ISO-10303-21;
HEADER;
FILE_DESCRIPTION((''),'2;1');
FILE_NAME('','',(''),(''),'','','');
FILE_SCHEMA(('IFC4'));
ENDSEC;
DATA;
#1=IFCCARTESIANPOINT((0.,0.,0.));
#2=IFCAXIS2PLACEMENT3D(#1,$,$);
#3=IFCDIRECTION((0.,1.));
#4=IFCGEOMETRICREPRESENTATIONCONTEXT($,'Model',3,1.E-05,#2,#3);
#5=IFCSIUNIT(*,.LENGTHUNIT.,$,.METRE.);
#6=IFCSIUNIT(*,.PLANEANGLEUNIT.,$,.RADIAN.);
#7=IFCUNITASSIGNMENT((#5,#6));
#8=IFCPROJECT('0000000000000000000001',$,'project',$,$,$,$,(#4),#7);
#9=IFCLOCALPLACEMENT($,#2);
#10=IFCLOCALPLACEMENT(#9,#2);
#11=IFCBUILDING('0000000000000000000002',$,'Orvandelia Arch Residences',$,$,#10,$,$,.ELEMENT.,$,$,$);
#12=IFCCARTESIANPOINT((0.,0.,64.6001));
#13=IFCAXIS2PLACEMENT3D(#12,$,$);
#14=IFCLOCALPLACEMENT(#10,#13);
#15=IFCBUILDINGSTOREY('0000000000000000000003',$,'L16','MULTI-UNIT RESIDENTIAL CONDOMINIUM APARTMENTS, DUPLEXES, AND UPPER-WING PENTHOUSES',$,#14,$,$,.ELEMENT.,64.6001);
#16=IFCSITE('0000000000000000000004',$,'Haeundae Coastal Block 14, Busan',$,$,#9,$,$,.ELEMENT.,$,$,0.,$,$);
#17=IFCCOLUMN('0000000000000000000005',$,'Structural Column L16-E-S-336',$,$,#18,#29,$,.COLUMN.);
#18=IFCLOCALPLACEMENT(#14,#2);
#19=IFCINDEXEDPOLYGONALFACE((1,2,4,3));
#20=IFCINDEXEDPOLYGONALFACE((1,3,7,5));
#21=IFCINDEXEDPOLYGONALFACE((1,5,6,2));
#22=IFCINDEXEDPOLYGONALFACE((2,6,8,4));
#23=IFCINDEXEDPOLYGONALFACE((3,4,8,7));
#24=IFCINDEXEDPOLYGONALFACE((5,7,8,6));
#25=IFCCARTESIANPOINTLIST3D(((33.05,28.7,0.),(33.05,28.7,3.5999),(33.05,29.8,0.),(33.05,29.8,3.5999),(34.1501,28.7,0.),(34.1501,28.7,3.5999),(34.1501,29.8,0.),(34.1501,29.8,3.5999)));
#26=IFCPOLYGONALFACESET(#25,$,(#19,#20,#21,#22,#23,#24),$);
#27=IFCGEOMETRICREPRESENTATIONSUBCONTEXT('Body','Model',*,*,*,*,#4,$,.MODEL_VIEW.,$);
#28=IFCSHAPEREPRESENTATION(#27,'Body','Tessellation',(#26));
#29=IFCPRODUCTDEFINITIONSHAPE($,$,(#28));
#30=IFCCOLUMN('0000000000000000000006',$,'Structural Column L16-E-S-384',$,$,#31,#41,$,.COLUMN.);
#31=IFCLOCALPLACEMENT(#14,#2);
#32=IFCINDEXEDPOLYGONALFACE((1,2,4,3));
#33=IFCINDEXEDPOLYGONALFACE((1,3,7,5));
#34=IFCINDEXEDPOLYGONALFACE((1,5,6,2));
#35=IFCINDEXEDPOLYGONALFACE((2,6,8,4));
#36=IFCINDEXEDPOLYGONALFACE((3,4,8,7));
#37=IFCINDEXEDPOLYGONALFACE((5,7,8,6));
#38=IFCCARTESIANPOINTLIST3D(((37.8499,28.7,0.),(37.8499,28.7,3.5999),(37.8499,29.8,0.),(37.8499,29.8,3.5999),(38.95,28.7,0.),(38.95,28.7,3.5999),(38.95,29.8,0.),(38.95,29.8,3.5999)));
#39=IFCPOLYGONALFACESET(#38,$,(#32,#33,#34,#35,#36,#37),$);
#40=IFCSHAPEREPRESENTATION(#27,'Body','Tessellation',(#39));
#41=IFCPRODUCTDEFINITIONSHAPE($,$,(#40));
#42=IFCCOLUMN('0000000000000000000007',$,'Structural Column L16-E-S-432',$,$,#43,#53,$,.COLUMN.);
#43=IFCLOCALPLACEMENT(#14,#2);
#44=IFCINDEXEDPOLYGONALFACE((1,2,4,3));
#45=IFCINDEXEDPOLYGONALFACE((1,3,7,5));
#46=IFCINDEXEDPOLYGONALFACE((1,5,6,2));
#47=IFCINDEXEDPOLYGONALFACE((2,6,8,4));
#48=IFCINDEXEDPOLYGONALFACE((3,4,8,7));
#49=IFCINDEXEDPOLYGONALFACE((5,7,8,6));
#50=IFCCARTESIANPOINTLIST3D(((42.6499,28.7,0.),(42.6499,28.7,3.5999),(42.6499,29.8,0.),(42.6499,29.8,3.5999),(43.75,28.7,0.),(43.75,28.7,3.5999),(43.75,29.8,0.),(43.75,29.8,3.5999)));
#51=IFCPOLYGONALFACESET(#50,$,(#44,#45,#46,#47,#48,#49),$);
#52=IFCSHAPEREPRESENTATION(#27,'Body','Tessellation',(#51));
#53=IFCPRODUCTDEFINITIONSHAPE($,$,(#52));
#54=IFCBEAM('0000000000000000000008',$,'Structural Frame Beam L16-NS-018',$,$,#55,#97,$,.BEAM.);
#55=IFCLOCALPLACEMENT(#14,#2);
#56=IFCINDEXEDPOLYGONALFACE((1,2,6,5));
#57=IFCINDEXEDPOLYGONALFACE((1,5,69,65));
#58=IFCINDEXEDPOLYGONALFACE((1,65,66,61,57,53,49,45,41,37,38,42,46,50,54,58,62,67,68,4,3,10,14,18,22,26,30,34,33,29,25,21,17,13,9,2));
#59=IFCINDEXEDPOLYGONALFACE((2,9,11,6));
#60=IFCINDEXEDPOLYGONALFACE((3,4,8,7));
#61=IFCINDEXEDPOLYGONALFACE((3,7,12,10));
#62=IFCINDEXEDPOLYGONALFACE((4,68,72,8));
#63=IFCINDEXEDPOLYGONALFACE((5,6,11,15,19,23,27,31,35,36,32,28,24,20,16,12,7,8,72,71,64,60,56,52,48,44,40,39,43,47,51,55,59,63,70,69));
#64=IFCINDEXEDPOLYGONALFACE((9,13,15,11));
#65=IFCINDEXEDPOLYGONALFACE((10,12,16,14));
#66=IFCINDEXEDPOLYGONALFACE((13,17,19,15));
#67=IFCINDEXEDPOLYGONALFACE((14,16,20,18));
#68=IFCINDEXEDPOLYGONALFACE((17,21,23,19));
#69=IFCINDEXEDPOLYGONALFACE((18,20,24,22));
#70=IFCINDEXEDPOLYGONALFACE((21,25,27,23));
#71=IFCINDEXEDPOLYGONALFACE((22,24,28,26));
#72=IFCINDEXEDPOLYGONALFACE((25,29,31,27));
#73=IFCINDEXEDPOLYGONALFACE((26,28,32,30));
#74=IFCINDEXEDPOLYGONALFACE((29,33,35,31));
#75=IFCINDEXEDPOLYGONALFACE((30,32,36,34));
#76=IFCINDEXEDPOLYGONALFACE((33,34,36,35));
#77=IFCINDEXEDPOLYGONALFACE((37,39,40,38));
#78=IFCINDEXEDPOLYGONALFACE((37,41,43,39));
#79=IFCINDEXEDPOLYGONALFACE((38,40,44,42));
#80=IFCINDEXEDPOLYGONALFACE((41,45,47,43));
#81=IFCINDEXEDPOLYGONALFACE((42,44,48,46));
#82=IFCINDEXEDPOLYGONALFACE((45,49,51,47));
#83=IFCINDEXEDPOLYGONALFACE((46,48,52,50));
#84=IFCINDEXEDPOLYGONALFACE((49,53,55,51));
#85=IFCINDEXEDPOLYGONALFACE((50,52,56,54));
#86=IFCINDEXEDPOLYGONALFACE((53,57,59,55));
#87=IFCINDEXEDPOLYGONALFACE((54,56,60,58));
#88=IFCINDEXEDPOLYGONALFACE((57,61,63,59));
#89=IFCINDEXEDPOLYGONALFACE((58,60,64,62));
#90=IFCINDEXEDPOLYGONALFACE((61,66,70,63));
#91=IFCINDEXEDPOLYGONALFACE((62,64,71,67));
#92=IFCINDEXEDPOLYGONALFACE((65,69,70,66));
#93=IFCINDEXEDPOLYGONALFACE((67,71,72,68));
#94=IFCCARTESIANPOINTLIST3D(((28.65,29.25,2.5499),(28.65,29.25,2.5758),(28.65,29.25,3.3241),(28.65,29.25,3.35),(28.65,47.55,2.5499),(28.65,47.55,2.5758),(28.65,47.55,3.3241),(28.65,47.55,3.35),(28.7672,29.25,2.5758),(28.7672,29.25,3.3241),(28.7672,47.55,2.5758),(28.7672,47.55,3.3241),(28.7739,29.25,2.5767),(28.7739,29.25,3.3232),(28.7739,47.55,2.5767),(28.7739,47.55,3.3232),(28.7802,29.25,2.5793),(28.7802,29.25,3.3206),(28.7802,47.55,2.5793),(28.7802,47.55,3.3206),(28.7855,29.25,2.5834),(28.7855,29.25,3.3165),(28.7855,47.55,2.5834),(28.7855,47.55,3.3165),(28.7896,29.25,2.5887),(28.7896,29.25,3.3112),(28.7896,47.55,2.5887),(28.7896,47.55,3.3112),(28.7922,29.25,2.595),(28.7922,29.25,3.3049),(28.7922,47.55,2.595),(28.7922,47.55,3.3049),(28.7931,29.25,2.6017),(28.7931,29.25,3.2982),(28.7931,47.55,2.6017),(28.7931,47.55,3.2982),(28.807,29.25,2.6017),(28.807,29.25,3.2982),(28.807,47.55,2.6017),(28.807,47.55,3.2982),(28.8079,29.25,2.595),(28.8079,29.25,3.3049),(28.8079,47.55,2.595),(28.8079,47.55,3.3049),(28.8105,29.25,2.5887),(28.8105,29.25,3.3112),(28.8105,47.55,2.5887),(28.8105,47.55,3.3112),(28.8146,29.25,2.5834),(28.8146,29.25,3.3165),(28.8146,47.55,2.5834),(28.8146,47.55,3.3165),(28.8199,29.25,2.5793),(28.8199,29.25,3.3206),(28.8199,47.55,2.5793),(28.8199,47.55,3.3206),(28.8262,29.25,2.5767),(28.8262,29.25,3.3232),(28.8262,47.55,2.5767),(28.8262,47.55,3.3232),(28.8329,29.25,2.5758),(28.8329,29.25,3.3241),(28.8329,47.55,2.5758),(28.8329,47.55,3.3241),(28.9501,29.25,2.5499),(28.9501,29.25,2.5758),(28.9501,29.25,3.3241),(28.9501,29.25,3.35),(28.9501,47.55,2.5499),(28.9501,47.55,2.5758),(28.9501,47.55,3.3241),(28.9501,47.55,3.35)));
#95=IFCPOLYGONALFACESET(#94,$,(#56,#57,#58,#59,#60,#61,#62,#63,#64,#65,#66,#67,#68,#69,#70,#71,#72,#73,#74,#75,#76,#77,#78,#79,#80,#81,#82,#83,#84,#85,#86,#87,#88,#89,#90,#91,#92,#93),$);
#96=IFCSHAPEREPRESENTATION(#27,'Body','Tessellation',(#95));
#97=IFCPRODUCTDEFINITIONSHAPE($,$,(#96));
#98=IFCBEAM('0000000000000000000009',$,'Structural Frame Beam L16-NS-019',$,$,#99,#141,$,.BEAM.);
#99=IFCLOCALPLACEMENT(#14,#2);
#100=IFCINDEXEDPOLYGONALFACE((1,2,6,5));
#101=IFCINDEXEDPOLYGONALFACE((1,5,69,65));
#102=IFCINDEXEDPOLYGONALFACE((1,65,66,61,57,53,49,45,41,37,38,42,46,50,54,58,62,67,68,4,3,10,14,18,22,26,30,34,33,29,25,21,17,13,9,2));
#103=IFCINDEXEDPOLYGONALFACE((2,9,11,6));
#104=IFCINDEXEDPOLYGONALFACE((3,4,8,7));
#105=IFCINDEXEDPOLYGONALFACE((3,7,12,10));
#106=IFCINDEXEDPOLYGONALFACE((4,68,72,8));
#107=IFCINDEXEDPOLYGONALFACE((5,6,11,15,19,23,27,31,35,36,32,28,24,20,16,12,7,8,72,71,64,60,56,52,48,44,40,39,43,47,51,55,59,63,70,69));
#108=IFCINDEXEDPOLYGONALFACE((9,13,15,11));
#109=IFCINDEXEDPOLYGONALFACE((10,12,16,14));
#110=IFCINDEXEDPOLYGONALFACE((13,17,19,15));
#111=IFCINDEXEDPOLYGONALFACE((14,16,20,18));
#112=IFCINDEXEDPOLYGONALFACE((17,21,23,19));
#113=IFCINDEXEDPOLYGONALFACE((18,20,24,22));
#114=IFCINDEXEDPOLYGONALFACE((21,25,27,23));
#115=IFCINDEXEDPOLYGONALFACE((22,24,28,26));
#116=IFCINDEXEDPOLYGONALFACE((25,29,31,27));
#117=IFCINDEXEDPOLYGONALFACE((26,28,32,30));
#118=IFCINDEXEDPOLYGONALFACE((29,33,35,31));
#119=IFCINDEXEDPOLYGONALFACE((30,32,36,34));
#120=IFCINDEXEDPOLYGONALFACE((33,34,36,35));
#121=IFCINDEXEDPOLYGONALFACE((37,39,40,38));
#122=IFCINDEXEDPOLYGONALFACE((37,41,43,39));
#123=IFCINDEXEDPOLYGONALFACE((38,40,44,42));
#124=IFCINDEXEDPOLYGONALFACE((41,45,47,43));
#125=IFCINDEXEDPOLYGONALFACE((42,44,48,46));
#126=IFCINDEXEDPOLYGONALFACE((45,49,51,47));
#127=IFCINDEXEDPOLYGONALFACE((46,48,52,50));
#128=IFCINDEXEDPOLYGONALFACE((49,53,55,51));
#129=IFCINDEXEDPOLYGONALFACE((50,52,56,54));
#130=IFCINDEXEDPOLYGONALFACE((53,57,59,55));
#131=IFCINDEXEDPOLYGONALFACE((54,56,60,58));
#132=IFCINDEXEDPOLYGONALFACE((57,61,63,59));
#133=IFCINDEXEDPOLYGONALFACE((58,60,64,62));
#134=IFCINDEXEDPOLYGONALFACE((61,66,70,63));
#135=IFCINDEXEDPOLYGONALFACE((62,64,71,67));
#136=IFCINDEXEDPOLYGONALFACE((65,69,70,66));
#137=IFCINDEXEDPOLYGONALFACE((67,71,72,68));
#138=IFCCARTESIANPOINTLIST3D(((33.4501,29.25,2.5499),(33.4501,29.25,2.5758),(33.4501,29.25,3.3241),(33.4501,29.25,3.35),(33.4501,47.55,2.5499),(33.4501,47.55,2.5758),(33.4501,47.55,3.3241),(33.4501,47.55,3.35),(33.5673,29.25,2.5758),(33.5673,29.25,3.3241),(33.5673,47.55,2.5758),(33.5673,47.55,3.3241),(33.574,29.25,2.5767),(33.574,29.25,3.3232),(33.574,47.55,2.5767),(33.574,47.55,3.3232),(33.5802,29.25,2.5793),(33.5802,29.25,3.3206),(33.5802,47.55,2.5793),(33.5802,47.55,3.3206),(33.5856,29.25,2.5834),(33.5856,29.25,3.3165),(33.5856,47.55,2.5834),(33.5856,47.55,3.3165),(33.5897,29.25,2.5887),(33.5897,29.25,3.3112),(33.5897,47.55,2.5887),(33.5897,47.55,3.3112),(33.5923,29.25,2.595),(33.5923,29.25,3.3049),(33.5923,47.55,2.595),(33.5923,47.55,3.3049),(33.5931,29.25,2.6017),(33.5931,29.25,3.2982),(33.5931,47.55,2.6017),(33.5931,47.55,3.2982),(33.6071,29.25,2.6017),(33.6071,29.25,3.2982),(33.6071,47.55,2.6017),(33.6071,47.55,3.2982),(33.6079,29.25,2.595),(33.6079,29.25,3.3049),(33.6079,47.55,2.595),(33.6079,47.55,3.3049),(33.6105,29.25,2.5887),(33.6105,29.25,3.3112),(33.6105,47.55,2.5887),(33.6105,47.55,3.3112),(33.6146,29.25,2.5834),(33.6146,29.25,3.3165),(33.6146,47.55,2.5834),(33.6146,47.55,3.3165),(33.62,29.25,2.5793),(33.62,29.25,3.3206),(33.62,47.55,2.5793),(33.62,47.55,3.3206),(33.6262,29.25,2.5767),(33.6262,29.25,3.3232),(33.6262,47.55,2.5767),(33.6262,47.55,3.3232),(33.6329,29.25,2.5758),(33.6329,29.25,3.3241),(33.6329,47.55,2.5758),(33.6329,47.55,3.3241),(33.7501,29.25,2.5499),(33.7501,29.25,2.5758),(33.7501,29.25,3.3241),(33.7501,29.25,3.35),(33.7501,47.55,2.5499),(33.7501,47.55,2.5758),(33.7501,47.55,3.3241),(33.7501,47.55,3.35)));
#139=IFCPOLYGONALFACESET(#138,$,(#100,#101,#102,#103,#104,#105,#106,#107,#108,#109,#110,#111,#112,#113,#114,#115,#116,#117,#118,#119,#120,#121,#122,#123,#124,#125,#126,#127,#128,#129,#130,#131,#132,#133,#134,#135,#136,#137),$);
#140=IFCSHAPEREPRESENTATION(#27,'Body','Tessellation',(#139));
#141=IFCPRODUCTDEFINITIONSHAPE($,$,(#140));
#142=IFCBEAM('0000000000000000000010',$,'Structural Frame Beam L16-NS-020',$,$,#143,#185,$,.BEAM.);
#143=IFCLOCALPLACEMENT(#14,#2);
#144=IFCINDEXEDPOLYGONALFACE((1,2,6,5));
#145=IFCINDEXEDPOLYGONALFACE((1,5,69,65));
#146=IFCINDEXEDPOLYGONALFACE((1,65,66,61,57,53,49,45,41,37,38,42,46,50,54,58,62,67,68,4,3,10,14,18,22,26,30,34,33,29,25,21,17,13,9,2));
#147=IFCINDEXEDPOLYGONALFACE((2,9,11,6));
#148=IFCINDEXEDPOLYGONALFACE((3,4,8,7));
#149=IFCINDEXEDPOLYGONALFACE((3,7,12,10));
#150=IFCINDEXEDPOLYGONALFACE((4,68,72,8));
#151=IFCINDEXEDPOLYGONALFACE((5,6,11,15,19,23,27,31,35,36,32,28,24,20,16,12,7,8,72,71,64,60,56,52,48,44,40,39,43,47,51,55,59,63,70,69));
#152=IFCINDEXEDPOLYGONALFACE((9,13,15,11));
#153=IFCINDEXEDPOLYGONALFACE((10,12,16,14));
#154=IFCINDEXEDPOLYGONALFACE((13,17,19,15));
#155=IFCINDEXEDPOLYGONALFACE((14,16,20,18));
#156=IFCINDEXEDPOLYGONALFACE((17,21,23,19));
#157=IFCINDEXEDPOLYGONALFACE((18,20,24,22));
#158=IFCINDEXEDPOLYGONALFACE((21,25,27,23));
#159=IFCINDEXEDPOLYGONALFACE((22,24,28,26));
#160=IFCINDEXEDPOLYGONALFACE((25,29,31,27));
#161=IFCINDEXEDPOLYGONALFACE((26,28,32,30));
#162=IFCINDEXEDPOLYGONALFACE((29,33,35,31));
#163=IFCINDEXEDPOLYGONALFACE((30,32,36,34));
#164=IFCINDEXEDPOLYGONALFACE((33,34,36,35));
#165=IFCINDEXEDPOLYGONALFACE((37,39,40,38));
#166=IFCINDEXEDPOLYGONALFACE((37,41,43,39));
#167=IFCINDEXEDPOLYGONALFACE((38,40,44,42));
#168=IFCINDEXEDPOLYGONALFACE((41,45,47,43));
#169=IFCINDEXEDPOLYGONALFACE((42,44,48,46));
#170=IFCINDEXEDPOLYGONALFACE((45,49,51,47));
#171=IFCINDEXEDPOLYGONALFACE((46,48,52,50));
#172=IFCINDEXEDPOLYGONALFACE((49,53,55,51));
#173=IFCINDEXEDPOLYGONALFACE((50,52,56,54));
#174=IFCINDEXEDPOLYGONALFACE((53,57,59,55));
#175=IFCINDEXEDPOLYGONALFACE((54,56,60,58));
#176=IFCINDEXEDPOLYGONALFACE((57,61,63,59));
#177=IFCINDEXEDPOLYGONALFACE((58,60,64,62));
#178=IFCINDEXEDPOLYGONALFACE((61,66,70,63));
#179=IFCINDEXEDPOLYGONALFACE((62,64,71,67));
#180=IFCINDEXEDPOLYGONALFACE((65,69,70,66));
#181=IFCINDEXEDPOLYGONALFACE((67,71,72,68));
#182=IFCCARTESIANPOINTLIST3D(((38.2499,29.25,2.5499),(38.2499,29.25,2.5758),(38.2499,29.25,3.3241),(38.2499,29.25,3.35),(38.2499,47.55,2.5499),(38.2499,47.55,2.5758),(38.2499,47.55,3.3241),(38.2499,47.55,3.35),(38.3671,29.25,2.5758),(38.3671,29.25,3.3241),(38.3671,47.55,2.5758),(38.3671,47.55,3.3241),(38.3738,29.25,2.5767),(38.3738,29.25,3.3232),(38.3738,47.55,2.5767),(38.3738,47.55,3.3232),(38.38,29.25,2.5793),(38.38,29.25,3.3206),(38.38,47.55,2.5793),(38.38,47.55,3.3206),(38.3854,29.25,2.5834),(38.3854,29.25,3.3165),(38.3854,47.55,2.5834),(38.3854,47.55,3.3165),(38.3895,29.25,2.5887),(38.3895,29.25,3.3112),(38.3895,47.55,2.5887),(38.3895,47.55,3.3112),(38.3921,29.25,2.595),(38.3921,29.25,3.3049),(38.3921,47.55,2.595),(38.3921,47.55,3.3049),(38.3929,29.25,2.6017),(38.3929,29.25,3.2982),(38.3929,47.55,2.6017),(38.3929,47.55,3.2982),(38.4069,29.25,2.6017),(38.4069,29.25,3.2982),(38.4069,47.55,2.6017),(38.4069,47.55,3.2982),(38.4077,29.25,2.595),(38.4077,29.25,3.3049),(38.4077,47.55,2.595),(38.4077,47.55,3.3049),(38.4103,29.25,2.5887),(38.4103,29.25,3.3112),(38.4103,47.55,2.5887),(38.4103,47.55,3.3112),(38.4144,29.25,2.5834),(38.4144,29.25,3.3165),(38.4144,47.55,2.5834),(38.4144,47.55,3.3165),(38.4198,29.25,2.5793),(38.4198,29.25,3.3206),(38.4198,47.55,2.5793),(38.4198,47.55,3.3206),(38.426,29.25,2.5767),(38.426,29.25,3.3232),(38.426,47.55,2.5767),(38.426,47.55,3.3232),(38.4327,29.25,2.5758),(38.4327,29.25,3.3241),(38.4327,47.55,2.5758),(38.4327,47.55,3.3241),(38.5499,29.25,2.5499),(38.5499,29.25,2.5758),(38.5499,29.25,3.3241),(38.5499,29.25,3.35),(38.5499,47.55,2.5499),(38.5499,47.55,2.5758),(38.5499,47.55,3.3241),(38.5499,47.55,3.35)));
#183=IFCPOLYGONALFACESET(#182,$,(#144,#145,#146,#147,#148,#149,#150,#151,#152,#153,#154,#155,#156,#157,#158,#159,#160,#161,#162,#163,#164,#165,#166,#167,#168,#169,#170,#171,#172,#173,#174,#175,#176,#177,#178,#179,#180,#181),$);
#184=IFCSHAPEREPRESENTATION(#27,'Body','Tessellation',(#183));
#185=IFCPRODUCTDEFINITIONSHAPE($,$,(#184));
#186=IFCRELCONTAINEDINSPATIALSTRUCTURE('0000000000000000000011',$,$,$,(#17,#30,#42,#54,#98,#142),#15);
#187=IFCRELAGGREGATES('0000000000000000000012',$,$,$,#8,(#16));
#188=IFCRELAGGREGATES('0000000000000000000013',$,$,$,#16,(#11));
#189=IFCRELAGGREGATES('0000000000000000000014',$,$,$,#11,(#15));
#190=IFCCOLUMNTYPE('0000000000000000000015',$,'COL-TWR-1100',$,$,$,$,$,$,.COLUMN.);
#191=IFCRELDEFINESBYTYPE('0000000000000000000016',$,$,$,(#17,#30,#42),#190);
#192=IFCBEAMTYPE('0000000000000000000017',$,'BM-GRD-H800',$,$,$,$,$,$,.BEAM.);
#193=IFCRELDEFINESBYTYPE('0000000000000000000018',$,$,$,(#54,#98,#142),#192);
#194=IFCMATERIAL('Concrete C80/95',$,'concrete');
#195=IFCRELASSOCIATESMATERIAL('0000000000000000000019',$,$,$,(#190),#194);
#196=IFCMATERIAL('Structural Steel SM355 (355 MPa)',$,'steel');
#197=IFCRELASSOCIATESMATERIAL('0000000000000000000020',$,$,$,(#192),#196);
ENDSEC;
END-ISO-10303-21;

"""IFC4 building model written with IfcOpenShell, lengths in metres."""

from ifc_helpers import new_model, si_unit, direction, frame, origin, origin_2d, place, context, subcontext, project, spatial, rectangle, i_section, extrude, material, material_profile, profile_set, type_object, element, save


model = new_model("IFC4")

# Units and contexts
model_context = context("Model", 3, precision=1e-05, world=origin(), true_north=direction((0.0, 1.0)))
body_context = subcontext(model_context, "Body", "Model", "MODEL_VIEW")
ifc_project = project(units=[si_unit("LENGTHUNIT", "METRE"), si_unit("PLANEANGLEUNIT", "RADIAN")], contexts=[model_context])

# Site, building, storey
site_placement = place(None, origin())
site = spatial("IfcSite", under=ifc_project, at=site_placement, Name="Haeundae Coastal Block 14, Busan", CompositionType="ELEMENT", RefElevation=0.0)
building_placement = place(site_placement, origin())
building = spatial("IfcBuilding", under=site, at=building_placement, Name="Orvandelia Arch Residences", CompositionType="ELEMENT")
storey_placement = place(building_placement, frame((0.0, 0.0, 64.6001)))
storey = spatial("IfcBuildingStorey", under=building, at=storey_placement, Name="L16", Description="MULTI-UNIT RESIDENTIAL CONDOMINIUM APARTMENTS, DUPLEXES, AND UPPER-WING PENTHOUSES", CompositionType="ELEMENT", Elevation=64.6001)

# Columns
ifc_material_1 = material(Name="Concrete C80/95", Category="concrete")
ifc_material_profile_1 = material_profile(ifc_material_1, rectangle(XDim=1.1001, YDim=1.1001, at=origin_2d()), Name="Concrete C80/95", Category="concrete")
ifc_profile_set_1 = profile_set([ifc_material_profile_1], Name="Concrete C80/95")
column_type = type_object("IfcColumnType", Name="COL-TWR-1100", PredefinedType="COLUMN", material=ifc_profile_set_1)
for number, where, z_axis, x_axis, name in (
    (1, (33.6001, 29.25, 0.0), (0.0, 0.0, 1.0), (1.0, 0.0, 0.0), "Structural Column L16-E-S-336"),
    (2, (38.3999, 29.25, 0.0), (0.0, 0.0, 1.0), (1.0, 0.0, 0.0), "Structural Column L16-E-S-384"),
    (3, (43.2, 29.25, 0.0), (0.0, 0.0, 1.0), (1.0, 0.0, 0.0), "Structural Column L16-E-S-432"),
):
    element("IfcColumn", number, at=place(storey_placement, frame(where, z_axis=z_axis, x_axis=x_axis)), inside=storey, type_object=column_type, Name=name, PredefinedType="COLUMN", context=body_context, shape_type="SweptSolid", body=[
        extrude(rectangle(XDim=1.1001, YDim=1.1001, at=origin_2d()), origin(), (0.0, 0.0, 1.0), 3.5999),
    ])

# Beams
ifc_material_2 = material(Name="Structural Steel SM355 (355 MPa)", Category="steel")
ifc_material_profile_2 = material_profile(ifc_material_2, i_section(OverallWidth=0.3, OverallDepth=0.8, WebThickness=0.0139, FlangeThickness=0.0259, FilletRadius=0.0259, at=origin_2d()), Name="Structural Steel SM355 (355 MPa)", Category="steel")
ifc_profile_set_2 = profile_set([ifc_material_profile_2], Name="Structural Steel SM355 (355 MPa)")
beam_type = type_object("IfcBeamType", Name="BM-GRD-H800", PredefinedType="BEAM", material=ifc_profile_set_2)
for number, where, z_axis, x_axis, name in (
    (4, (28.8, 29.25, 2.95), (0.0, 1.0, 0.0), (-1.0, 0.0, 0.0), "Structural Frame Beam L16-NS-018"),
    (5, (33.6001, 29.25, 2.95), (0.0, 1.0, 0.0), (-1.0, 0.0, 0.0), "Structural Frame Beam L16-NS-019"),
    (6, (38.3999, 29.25, 2.95), (0.0, 1.0, 0.0), (-1.0, 0.0, 0.0), "Structural Frame Beam L16-NS-020"),
):
    element("IfcBeam", number, at=place(storey_placement, frame(where, z_axis=z_axis, x_axis=x_axis)), inside=storey, type_object=beam_type, Name=name, PredefinedType="BEAM", context=body_context, shape_type="SweptSolid", body=[
        extrude(i_section(OverallWidth=0.3, OverallDepth=0.8, WebThickness=0.0139, FlangeThickness=0.0259, FilletRadius=0.0259, at=origin_2d()), origin(), (0.0, 0.0, 1.0), 18.3),
    ])

save(model, "model.ifc")
